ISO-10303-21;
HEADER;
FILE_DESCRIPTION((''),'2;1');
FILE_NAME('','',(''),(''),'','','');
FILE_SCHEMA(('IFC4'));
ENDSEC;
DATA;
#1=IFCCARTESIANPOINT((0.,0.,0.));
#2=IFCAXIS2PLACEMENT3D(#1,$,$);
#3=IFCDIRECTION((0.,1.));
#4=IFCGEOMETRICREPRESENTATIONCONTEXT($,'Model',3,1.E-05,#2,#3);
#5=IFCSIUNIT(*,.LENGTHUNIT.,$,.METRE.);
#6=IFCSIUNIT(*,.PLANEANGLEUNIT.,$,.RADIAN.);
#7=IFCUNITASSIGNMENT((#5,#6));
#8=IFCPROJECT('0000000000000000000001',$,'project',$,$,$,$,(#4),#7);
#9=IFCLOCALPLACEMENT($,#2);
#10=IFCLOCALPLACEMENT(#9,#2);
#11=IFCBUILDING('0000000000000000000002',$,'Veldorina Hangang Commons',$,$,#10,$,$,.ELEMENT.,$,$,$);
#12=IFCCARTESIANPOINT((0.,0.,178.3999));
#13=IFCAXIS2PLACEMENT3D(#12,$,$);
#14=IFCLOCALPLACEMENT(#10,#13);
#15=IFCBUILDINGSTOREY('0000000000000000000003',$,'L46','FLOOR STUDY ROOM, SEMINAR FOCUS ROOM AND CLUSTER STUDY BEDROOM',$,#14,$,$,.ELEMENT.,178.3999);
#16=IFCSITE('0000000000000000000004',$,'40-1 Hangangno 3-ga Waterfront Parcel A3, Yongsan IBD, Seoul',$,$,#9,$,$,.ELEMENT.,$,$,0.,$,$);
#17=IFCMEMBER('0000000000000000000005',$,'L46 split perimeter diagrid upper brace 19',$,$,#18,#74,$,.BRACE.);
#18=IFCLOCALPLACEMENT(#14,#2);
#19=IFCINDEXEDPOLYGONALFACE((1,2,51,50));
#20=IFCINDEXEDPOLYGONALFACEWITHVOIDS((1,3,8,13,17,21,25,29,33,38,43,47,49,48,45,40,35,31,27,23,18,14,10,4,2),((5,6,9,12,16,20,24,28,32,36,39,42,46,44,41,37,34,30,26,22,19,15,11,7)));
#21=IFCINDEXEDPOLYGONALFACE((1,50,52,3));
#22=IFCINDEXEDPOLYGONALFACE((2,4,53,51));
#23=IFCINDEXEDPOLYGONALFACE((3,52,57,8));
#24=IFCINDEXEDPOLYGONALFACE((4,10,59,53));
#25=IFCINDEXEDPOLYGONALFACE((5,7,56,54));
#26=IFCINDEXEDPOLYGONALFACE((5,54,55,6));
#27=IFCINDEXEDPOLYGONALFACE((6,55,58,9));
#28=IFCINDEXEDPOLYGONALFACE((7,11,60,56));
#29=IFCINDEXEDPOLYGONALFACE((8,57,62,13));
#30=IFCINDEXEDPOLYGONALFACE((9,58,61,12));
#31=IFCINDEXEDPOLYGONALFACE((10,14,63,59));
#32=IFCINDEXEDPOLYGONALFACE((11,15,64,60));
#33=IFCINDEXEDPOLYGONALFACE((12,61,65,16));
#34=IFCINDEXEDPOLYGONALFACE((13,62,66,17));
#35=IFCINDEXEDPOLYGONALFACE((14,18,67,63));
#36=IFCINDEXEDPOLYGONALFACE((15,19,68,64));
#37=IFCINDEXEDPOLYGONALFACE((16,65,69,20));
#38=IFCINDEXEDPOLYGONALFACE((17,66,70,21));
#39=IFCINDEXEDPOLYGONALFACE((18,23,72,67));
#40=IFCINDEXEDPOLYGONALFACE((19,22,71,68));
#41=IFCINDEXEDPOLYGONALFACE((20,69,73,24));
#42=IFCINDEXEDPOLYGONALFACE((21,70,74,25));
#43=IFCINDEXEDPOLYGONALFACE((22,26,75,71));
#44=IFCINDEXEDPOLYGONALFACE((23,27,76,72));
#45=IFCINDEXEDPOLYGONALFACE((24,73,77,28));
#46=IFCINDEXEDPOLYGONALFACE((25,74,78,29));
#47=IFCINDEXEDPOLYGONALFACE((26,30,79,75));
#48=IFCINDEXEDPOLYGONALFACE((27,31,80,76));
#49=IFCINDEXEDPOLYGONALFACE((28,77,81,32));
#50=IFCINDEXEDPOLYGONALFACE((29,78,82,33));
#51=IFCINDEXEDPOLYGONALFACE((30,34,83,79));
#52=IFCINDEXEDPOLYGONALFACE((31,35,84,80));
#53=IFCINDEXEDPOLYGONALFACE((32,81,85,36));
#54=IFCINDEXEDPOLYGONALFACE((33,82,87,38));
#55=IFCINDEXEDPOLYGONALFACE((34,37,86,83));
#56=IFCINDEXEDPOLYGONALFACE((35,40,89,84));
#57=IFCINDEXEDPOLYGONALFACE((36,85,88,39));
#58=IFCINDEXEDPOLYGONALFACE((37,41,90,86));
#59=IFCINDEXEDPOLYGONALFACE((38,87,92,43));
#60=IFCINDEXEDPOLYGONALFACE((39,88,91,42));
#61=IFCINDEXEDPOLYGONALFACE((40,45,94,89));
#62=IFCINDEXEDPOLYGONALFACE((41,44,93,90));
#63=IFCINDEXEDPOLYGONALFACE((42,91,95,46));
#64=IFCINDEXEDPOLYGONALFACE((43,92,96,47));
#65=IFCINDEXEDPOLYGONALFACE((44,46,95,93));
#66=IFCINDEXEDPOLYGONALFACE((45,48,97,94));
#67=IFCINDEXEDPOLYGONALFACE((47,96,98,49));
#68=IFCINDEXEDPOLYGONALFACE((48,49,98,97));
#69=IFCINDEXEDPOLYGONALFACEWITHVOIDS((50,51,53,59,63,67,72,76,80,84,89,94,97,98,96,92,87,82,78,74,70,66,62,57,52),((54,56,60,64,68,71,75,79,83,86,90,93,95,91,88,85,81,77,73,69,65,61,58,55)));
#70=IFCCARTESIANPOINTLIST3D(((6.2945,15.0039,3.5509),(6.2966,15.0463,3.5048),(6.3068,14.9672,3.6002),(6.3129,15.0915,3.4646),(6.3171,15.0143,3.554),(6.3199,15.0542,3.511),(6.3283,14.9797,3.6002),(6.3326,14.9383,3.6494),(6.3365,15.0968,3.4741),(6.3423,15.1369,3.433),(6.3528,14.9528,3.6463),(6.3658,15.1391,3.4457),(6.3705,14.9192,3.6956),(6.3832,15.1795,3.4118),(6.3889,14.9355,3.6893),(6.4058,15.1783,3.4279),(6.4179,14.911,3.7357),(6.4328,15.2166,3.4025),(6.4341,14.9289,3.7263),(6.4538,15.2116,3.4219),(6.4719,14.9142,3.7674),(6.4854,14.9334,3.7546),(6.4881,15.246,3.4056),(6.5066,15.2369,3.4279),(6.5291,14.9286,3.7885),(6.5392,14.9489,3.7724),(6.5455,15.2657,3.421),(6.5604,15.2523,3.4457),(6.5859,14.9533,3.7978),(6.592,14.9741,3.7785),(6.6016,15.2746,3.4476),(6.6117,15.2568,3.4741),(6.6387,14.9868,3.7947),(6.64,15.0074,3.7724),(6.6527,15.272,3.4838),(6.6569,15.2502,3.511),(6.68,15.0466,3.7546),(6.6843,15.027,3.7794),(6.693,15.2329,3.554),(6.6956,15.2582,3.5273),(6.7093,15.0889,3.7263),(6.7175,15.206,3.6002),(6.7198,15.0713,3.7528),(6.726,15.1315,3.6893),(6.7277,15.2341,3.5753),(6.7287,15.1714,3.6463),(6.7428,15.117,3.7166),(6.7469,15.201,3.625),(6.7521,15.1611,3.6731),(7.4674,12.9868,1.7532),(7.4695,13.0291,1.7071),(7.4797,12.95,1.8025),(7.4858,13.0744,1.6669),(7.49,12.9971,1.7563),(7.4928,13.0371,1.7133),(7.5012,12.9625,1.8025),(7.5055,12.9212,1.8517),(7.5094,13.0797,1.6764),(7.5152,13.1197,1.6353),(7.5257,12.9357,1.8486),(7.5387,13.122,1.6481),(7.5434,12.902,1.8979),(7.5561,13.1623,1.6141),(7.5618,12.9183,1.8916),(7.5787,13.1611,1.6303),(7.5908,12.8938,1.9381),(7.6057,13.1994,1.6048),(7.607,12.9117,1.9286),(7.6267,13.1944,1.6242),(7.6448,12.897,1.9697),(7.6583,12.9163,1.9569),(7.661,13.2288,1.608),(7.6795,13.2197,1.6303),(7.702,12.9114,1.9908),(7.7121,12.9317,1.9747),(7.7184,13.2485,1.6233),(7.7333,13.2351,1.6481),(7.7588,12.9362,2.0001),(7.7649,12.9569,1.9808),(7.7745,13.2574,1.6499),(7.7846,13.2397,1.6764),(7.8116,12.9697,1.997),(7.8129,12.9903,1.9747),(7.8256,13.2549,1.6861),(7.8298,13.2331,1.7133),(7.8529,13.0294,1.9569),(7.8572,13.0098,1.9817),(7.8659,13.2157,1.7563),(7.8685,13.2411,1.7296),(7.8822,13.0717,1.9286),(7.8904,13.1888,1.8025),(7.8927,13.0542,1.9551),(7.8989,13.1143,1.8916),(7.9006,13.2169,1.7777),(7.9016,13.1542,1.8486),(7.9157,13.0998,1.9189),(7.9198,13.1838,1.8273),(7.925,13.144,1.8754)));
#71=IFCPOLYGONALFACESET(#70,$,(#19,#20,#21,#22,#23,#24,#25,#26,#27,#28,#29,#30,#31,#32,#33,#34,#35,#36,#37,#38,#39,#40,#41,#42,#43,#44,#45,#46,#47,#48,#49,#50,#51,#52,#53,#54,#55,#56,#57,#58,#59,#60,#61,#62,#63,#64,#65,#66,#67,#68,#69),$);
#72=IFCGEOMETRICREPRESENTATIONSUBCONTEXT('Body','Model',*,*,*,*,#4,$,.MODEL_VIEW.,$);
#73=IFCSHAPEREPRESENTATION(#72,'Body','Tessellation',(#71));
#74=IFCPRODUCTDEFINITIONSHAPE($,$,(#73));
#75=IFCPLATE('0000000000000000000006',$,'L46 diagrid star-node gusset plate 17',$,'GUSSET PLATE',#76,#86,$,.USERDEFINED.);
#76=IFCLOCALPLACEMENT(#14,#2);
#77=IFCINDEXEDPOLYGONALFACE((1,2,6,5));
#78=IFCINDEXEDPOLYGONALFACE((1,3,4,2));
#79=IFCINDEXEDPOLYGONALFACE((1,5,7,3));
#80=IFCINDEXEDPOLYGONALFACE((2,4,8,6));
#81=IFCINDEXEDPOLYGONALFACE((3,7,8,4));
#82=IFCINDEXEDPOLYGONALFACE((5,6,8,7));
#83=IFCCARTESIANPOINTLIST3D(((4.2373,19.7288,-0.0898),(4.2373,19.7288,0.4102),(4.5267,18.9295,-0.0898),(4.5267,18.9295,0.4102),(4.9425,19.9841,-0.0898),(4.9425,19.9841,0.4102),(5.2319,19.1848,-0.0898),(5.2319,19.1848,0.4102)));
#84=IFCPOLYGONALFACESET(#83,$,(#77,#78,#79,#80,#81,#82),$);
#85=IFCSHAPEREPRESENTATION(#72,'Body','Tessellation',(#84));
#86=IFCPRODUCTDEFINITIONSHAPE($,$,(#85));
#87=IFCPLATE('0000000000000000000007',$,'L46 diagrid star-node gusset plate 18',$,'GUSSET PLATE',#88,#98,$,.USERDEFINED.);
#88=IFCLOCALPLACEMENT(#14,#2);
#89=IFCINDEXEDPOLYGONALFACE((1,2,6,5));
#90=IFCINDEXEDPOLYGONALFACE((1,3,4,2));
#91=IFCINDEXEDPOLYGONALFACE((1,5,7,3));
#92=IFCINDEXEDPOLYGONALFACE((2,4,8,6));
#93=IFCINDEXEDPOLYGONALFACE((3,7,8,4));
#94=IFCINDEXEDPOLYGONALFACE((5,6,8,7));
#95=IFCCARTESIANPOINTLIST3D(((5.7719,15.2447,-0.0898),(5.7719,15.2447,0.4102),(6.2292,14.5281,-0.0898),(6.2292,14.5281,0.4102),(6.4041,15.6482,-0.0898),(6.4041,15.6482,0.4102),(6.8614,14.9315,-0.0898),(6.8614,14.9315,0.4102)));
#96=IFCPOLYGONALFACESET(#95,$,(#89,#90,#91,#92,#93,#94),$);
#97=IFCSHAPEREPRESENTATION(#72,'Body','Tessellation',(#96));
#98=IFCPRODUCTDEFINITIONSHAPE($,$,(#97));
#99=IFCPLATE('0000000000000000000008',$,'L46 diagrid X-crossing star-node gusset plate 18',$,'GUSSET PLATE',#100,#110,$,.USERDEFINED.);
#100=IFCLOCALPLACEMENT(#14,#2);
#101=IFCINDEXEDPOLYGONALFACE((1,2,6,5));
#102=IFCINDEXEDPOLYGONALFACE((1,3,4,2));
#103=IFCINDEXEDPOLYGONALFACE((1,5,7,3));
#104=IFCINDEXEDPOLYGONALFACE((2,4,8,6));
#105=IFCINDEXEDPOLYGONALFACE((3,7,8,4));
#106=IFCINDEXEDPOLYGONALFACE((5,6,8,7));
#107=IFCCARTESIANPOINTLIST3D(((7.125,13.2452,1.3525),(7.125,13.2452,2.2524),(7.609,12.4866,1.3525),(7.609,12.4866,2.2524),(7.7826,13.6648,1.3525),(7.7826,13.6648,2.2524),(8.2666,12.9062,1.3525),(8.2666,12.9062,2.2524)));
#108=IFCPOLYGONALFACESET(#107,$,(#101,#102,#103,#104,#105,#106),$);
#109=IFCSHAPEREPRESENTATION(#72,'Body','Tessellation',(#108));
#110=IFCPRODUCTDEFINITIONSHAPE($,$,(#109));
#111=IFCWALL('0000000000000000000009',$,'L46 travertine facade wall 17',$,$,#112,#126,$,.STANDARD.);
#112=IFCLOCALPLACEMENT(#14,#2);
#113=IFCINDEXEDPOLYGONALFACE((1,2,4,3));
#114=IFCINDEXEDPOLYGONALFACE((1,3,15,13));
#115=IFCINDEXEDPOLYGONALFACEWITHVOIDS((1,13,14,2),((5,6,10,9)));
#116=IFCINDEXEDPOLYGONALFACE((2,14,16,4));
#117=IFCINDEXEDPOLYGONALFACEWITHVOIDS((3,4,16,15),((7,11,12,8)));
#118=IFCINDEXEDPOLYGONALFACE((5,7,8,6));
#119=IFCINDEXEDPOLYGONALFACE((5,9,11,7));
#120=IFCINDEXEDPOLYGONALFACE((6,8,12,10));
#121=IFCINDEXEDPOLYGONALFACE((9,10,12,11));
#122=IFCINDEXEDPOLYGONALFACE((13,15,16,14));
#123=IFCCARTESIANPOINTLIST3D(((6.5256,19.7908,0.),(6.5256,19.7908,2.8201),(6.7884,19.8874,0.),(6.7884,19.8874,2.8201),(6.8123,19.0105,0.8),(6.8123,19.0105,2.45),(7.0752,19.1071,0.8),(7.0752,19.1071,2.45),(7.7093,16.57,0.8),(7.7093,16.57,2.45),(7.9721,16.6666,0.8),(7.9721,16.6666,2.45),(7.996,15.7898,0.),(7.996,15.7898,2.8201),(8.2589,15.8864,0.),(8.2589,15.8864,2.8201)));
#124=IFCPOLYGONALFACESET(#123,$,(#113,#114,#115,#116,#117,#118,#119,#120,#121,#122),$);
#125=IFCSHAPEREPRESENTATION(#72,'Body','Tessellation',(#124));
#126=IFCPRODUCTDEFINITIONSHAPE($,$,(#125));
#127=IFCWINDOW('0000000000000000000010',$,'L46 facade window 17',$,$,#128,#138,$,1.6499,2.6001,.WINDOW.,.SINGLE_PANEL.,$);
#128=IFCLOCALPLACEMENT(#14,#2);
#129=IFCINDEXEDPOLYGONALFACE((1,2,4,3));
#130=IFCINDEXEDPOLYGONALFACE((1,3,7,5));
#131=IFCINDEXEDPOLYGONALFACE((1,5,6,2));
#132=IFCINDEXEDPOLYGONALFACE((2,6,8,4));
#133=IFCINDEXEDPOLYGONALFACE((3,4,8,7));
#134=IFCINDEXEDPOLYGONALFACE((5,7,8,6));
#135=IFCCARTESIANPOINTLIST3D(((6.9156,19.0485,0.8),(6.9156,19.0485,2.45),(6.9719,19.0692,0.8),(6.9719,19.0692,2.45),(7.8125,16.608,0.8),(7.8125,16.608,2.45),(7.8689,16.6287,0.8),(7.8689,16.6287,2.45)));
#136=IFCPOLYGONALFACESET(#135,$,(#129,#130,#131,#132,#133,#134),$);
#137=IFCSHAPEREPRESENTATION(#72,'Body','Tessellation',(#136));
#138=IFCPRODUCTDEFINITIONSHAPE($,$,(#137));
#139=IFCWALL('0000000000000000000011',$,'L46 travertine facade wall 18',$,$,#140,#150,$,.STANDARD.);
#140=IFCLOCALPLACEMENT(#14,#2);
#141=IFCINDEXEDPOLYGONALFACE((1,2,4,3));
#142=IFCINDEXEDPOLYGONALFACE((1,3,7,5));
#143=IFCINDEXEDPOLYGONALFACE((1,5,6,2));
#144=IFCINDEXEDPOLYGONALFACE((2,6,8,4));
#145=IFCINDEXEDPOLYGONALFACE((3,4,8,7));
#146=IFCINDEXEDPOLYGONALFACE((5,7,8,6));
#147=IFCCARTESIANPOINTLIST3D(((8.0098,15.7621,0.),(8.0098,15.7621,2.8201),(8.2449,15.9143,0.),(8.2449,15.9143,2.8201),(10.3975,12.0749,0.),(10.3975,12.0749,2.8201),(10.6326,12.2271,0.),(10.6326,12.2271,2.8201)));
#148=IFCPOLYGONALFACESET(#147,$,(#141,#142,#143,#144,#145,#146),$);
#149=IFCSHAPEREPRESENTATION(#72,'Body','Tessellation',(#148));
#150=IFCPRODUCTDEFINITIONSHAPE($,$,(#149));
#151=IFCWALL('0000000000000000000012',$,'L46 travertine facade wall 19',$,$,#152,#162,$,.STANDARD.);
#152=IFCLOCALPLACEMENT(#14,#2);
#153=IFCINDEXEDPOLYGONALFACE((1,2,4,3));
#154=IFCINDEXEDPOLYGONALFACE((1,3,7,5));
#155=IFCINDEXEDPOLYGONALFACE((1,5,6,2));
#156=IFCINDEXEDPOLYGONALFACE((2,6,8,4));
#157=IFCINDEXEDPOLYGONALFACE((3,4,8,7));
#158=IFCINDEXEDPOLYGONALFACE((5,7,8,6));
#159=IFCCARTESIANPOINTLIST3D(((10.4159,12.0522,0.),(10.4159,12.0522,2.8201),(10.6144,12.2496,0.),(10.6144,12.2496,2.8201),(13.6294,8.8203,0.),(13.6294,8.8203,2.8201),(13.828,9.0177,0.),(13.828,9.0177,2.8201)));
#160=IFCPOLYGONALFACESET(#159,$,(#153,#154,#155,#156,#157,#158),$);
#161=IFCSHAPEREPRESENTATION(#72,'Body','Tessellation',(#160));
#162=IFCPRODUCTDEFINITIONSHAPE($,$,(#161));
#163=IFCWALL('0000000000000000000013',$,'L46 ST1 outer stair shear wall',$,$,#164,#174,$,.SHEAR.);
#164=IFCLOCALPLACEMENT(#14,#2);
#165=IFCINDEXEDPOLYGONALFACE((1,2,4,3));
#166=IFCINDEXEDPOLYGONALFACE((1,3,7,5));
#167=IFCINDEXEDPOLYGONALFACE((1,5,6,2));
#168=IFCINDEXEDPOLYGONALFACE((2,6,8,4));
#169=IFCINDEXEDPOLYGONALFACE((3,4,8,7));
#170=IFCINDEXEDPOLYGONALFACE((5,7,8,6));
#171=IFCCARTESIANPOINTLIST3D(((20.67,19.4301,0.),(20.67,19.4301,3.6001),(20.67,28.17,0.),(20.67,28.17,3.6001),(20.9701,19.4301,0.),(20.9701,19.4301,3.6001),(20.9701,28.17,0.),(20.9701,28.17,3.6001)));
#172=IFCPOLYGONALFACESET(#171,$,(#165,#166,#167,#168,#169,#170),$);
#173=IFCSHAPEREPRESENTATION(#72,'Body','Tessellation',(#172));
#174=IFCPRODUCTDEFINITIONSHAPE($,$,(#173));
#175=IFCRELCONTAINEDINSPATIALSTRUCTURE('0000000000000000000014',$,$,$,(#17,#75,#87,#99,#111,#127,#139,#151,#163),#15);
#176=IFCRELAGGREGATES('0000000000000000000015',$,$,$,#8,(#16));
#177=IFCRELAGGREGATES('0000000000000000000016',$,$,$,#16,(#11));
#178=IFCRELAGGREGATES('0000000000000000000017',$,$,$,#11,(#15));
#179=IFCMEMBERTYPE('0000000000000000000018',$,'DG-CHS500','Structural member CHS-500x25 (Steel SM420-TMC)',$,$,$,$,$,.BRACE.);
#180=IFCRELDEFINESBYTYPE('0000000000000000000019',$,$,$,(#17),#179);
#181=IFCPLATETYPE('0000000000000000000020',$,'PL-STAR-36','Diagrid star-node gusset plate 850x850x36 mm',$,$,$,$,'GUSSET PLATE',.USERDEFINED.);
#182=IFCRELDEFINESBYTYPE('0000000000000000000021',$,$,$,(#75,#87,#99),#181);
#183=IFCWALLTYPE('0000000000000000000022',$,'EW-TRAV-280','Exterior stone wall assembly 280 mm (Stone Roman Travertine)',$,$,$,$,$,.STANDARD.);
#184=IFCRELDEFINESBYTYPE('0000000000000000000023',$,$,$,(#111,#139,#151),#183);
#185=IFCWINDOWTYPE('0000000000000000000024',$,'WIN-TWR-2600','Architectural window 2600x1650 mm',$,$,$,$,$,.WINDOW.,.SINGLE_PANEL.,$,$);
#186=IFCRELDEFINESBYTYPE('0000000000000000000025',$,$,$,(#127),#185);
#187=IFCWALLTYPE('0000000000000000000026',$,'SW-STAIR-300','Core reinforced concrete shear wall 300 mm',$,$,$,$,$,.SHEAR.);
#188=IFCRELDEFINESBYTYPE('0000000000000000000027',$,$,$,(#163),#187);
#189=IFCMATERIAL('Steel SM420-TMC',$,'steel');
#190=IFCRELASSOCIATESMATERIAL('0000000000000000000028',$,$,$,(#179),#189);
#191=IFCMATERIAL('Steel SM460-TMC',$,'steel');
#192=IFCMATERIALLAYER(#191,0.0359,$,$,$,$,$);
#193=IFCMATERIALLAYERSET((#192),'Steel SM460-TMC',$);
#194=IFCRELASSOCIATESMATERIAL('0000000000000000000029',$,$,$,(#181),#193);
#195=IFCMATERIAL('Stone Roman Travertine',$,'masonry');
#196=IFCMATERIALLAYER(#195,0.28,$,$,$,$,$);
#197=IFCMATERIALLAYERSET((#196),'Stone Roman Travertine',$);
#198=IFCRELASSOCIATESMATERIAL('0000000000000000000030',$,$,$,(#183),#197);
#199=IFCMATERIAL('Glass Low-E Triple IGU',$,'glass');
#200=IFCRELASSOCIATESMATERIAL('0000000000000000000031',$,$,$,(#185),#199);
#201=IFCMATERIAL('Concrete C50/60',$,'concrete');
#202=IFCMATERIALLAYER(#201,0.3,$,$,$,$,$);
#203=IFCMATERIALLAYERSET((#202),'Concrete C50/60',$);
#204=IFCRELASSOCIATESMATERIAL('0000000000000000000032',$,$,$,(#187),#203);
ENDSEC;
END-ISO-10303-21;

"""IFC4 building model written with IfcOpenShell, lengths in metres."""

from ifc_helpers import new_model, si_unit, direction, frame, frame_2d, origin, origin_2d, place, context, subcontext, project, spatial, rectangle, hollow_circle, extrude, material, layer, layer_set, material_profile, profile_set, type_object, element, fill, save


model = new_model("IFC4")

# Units and contexts
model_context = context("Model", 3, precision=1e-05, world=origin(), true_north=direction((0.0, 1.0)))
body_context = subcontext(model_context, "Body", "Model", "MODEL_VIEW")
ifc_project = project(units=[si_unit("LENGTHUNIT", "METRE"), si_unit("PLANEANGLEUNIT", "RADIAN")], contexts=[model_context])

# Site, building, storey
site_placement = place(None, origin())
site = spatial("IfcSite", under=ifc_project, at=site_placement, Name="40-1 Hangangno 3-ga Waterfront Parcel A3, Yongsan IBD, Seoul", CompositionType="ELEMENT", RefElevation=0.0)
building_placement = place(site_placement, origin())
building = spatial("IfcBuilding", under=site, at=building_placement, Name="Veldorina Hangang Commons", CompositionType="ELEMENT")
storey_placement = place(building_placement, frame((0.0, 0.0, 178.3999)))
storey = spatial("IfcBuildingStorey", under=building, at=storey_placement, Name="L46", Description="FLOOR STUDY ROOM, SEMINAR FOCUS ROOM AND CLUSTER STUDY BEDROOM", CompositionType="ELEMENT", Elevation=178.3999)

# Shared definitions
ifc_material_1 = material(Name="Steel SM420-TMC", Category="steel")

# Member
ifc_material_profile_1 = material_profile(ifc_material_1, hollow_circle(Radius=0.25, WallThickness=0.0249, at=origin_2d()), Name="CHS-500x25")
ifc_profile_set_1 = profile_set([ifc_material_profile_1], Name="Steel SM420-TMC")
member_type = type_object("IfcMemberType", Name="DG-CHS500", Description="Structural member CHS-500x25 (Steel SM420-TMC)", PredefinedType="BRACE", material=ifc_profile_set_1)
member_1_placement = place(storey_placement, frame((7.6958, 13.0757, 1.8025), z_axis=(-0.398192, 0.684818, 0.610302), x_axis=(-0.864484, -0.50266, 0.0)))
element("IfcMember", 1, at=member_1_placement, inside=storey, type_object=member_type, Name="L46 split perimeter diagrid upper brace 19", PredefinedType="BRACE", context=body_context, shape_type="SweptSolid", body=[
    extrude(hollow_circle(Radius=0.25, WallThickness=0.0249, at=origin_2d()), origin(), (0.0, 0.0, 1.0), 2.9456),
])

# Plates
ifc_material_2 = material(Name="Steel SM460-TMC", Category="steel")
ifc_layer_1 = layer(ifc_material_2, 0.0359)
ifc_layer_set_1 = layer_set([ifc_layer_1], Name="Steel SM460-TMC")
plate_type = type_object("IfcPlateType", Name="PL-STAR-36", Description="Diagrid star-node gusset plate 850x850x36 mm", ElementType="GUSSET PLATE", PredefinedType="USERDEFINED", material=ifc_layer_set_1)
for number, where, z_axis, x_axis, name in (
    (2, (4.7346, 19.4568, -0.0898), (0.0, 0.0, 1.0), (0.340462, -0.940258, 0.0), "L46 diagrid star-node gusset plate 17"),
    (3, (6.3167, 15.0881, -0.0898), (0.0, 0.0, 1.0), (0.537903, -0.843007, 0.0), "L46 diagrid star-node gusset plate 18"),
):
    element("IfcPlate", number, at=place(storey_placement, frame(where, z_axis=z_axis, x_axis=x_axis)), inside=storey, type_object=plate_type, Name=name, ObjectType="GUSSET PLATE", PredefinedType="USERDEFINED", context=body_context, shape_type="SweptSolid", body=[
        extrude(rectangle(XDim=0.8501, YDim=0.75, at=origin_2d()), origin(), (0.0, 0.0, 1.0), 0.5),
    ])
plate_placement = place(storey_placement, frame((7.6958, 13.0757, 1.3525), z_axis=(0.0, 0.0, 1.0), x_axis=(0.537903, -0.843007, 0.0)))
element("IfcPlate", 4, at=plate_placement, inside=storey, type_object=plate_type, Name="L46 diagrid X-crossing star-node gusset plate 18", ObjectType="GUSSET PLATE", PredefinedType="USERDEFINED", context=body_context, shape_type="SweptSolid", body=[
    extrude(rectangle(XDim=0.8999, YDim=0.78, at=origin_2d()), origin(), (0.0, 0.0, 1.0), 0.8999),
])

# Wall, opening, window
ifc_material_3 = material(Name="Stone Roman Travertine", Category="masonry")
ifc_layer_2 = layer(ifc_material_3, 0.28)
ifc_layer_set_2 = layer_set([ifc_layer_2], Name="Stone Roman Travertine")
wall_type_1 = type_object("IfcWallType", Name="EW-TRAV-280", Description="Exterior stone wall assembly 280 mm (Stone Roman Travertine)", PredefinedType="STANDARD", material=ifc_layer_set_2)
wall_1_placement = place(storey_placement, frame((6.657, 19.8391, 0.0), z_axis=(0.0, 0.0, 1.0), x_axis=(0.344965, -0.938616, 0.0)))
wall_1 = element("IfcWall", 5, at=wall_1_placement, inside=storey, type_object=wall_type_1, Name="L46 travertine facade wall 17", PredefinedType="STANDARD", context=body_context, shape_type="SweptSolid", body=[
    extrude(rectangle(XDim=4.2627, YDim=0.28, at=frame_2d((2.1313, 0.0))), origin(), (0.0, 0.0, 1.0), 2.8201),
])
opening_1_placement = place(wall_1_placement, frame((0.8313, 0.0, 0.8)))
opening_1 = element("IfcOpeningElement", 6, at=opening_1_placement, cuts=wall_1, PredefinedType="OPENING", context=body_context, shape_type="SweptSolid", body=[
    extrude(rectangle(XDim=2.6001, YDim=1.6499, at=frame_2d((1.3, 0.825))), frame((0.0, 0.1499, 0.0), z_axis=(0.0, -1.0, 0.0), x_axis=(1.0, 0.0, 0.0)), (0.0, 0.0, 1.0), 0.3),
])
ifc_material_4 = material(Name="Glass Low-E Triple IGU", Category="glass")
window_type = type_object("IfcWindowType", Name="WIN-TWR-2600", Description="Architectural window 2600x1650 mm", PartitioningType="SINGLE_PANEL", PredefinedType="WINDOW", material=ifc_material_4)
window_placement = place(opening_1_placement, origin())
window = element("IfcWindow", 7, at=window_placement, inside=storey, type_object=window_type, Name="L46 facade window 17", OverallHeight=1.6499, OverallWidth=2.6001, PartitioningType="SINGLE_PANEL", PredefinedType="WINDOW", context=body_context, shape_type="SweptSolid", body=[
    extrude(rectangle(XDim=2.6001, YDim=1.6499, at=frame_2d((1.3, 0.825))), frame((0.0, 0.03, 0.0), z_axis=(0.0, -1.0, 0.0), x_axis=(1.0, 0.0, 0.0)), (0.0, 0.0, 1.0), 0.0601),
])
fill(opening_1, window)

# Walls
wall_2_placement = place(storey_placement, frame((8.1274, 15.8381, 0.0), z_axis=(0.0, 0.0, 1.0), x_axis=(0.543544, -0.839381, 0.0)))
element("IfcWall", 8, at=wall_2_placement, inside=storey, type_object=wall_type_1, Name="L46 travertine facade wall 18", PredefinedType="STANDARD", context=body_context, shape_type="SweptSolid", body=[
    extrude(rectangle(XDim=4.3928, YDim=0.28, at=frame_2d((2.1963, 0.0))), origin(), (0.0, 0.0, 1.0), 2.8201),
])
wall_3_placement = place(storey_placement, frame((10.5151, 12.1509, 0.0), z_axis=(0.0, 0.0, 1.0), x_axis=(0.705095, -0.709113, 0.0)))
element("IfcWall", 9, at=wall_3_placement, inside=storey, type_object=wall_type_1, Name="L46 travertine facade wall 19", PredefinedType="STANDARD", context=body_context, shape_type="SweptSolid", body=[
    extrude(rectangle(XDim=4.5576, YDim=0.28, at=frame_2d((2.2788, 0.0))), origin(), (0.0, 0.0, 1.0), 2.8201),
])
ifc_material_5 = material(Name="Concrete C50/60", Category="concrete")
ifc_layer_3 = layer(ifc_material_5, 0.3)
ifc_layer_set_3 = layer_set([ifc_layer_3], Name="Concrete C50/60")
wall_type_2 = type_object("IfcWallType", Name="SW-STAIR-300", Description="Core reinforced concrete shear wall 300 mm", PredefinedType="SHEAR", material=ifc_layer_set_3)
wall_4_placement = place(storey_placement, frame((20.8201, 19.4299, 0.0), z_axis=(0.0, 0.0, 1.0), x_axis=(0.0, 1.0, 0.0)))
element("IfcWall", 10, at=wall_4_placement, inside=storey, type_object=wall_type_2, Name="L46 ST1 outer stair shear wall", PredefinedType="SHEAR", context=body_context, shape_type="SweptSolid", body=[
    extrude(rectangle(XDim=8.74, YDim=0.3, at=frame_2d((4.3701, 0.0))), origin(), (0.0, 0.0, 1.0), 3.6001),
])

save(model, "model.ifc")
